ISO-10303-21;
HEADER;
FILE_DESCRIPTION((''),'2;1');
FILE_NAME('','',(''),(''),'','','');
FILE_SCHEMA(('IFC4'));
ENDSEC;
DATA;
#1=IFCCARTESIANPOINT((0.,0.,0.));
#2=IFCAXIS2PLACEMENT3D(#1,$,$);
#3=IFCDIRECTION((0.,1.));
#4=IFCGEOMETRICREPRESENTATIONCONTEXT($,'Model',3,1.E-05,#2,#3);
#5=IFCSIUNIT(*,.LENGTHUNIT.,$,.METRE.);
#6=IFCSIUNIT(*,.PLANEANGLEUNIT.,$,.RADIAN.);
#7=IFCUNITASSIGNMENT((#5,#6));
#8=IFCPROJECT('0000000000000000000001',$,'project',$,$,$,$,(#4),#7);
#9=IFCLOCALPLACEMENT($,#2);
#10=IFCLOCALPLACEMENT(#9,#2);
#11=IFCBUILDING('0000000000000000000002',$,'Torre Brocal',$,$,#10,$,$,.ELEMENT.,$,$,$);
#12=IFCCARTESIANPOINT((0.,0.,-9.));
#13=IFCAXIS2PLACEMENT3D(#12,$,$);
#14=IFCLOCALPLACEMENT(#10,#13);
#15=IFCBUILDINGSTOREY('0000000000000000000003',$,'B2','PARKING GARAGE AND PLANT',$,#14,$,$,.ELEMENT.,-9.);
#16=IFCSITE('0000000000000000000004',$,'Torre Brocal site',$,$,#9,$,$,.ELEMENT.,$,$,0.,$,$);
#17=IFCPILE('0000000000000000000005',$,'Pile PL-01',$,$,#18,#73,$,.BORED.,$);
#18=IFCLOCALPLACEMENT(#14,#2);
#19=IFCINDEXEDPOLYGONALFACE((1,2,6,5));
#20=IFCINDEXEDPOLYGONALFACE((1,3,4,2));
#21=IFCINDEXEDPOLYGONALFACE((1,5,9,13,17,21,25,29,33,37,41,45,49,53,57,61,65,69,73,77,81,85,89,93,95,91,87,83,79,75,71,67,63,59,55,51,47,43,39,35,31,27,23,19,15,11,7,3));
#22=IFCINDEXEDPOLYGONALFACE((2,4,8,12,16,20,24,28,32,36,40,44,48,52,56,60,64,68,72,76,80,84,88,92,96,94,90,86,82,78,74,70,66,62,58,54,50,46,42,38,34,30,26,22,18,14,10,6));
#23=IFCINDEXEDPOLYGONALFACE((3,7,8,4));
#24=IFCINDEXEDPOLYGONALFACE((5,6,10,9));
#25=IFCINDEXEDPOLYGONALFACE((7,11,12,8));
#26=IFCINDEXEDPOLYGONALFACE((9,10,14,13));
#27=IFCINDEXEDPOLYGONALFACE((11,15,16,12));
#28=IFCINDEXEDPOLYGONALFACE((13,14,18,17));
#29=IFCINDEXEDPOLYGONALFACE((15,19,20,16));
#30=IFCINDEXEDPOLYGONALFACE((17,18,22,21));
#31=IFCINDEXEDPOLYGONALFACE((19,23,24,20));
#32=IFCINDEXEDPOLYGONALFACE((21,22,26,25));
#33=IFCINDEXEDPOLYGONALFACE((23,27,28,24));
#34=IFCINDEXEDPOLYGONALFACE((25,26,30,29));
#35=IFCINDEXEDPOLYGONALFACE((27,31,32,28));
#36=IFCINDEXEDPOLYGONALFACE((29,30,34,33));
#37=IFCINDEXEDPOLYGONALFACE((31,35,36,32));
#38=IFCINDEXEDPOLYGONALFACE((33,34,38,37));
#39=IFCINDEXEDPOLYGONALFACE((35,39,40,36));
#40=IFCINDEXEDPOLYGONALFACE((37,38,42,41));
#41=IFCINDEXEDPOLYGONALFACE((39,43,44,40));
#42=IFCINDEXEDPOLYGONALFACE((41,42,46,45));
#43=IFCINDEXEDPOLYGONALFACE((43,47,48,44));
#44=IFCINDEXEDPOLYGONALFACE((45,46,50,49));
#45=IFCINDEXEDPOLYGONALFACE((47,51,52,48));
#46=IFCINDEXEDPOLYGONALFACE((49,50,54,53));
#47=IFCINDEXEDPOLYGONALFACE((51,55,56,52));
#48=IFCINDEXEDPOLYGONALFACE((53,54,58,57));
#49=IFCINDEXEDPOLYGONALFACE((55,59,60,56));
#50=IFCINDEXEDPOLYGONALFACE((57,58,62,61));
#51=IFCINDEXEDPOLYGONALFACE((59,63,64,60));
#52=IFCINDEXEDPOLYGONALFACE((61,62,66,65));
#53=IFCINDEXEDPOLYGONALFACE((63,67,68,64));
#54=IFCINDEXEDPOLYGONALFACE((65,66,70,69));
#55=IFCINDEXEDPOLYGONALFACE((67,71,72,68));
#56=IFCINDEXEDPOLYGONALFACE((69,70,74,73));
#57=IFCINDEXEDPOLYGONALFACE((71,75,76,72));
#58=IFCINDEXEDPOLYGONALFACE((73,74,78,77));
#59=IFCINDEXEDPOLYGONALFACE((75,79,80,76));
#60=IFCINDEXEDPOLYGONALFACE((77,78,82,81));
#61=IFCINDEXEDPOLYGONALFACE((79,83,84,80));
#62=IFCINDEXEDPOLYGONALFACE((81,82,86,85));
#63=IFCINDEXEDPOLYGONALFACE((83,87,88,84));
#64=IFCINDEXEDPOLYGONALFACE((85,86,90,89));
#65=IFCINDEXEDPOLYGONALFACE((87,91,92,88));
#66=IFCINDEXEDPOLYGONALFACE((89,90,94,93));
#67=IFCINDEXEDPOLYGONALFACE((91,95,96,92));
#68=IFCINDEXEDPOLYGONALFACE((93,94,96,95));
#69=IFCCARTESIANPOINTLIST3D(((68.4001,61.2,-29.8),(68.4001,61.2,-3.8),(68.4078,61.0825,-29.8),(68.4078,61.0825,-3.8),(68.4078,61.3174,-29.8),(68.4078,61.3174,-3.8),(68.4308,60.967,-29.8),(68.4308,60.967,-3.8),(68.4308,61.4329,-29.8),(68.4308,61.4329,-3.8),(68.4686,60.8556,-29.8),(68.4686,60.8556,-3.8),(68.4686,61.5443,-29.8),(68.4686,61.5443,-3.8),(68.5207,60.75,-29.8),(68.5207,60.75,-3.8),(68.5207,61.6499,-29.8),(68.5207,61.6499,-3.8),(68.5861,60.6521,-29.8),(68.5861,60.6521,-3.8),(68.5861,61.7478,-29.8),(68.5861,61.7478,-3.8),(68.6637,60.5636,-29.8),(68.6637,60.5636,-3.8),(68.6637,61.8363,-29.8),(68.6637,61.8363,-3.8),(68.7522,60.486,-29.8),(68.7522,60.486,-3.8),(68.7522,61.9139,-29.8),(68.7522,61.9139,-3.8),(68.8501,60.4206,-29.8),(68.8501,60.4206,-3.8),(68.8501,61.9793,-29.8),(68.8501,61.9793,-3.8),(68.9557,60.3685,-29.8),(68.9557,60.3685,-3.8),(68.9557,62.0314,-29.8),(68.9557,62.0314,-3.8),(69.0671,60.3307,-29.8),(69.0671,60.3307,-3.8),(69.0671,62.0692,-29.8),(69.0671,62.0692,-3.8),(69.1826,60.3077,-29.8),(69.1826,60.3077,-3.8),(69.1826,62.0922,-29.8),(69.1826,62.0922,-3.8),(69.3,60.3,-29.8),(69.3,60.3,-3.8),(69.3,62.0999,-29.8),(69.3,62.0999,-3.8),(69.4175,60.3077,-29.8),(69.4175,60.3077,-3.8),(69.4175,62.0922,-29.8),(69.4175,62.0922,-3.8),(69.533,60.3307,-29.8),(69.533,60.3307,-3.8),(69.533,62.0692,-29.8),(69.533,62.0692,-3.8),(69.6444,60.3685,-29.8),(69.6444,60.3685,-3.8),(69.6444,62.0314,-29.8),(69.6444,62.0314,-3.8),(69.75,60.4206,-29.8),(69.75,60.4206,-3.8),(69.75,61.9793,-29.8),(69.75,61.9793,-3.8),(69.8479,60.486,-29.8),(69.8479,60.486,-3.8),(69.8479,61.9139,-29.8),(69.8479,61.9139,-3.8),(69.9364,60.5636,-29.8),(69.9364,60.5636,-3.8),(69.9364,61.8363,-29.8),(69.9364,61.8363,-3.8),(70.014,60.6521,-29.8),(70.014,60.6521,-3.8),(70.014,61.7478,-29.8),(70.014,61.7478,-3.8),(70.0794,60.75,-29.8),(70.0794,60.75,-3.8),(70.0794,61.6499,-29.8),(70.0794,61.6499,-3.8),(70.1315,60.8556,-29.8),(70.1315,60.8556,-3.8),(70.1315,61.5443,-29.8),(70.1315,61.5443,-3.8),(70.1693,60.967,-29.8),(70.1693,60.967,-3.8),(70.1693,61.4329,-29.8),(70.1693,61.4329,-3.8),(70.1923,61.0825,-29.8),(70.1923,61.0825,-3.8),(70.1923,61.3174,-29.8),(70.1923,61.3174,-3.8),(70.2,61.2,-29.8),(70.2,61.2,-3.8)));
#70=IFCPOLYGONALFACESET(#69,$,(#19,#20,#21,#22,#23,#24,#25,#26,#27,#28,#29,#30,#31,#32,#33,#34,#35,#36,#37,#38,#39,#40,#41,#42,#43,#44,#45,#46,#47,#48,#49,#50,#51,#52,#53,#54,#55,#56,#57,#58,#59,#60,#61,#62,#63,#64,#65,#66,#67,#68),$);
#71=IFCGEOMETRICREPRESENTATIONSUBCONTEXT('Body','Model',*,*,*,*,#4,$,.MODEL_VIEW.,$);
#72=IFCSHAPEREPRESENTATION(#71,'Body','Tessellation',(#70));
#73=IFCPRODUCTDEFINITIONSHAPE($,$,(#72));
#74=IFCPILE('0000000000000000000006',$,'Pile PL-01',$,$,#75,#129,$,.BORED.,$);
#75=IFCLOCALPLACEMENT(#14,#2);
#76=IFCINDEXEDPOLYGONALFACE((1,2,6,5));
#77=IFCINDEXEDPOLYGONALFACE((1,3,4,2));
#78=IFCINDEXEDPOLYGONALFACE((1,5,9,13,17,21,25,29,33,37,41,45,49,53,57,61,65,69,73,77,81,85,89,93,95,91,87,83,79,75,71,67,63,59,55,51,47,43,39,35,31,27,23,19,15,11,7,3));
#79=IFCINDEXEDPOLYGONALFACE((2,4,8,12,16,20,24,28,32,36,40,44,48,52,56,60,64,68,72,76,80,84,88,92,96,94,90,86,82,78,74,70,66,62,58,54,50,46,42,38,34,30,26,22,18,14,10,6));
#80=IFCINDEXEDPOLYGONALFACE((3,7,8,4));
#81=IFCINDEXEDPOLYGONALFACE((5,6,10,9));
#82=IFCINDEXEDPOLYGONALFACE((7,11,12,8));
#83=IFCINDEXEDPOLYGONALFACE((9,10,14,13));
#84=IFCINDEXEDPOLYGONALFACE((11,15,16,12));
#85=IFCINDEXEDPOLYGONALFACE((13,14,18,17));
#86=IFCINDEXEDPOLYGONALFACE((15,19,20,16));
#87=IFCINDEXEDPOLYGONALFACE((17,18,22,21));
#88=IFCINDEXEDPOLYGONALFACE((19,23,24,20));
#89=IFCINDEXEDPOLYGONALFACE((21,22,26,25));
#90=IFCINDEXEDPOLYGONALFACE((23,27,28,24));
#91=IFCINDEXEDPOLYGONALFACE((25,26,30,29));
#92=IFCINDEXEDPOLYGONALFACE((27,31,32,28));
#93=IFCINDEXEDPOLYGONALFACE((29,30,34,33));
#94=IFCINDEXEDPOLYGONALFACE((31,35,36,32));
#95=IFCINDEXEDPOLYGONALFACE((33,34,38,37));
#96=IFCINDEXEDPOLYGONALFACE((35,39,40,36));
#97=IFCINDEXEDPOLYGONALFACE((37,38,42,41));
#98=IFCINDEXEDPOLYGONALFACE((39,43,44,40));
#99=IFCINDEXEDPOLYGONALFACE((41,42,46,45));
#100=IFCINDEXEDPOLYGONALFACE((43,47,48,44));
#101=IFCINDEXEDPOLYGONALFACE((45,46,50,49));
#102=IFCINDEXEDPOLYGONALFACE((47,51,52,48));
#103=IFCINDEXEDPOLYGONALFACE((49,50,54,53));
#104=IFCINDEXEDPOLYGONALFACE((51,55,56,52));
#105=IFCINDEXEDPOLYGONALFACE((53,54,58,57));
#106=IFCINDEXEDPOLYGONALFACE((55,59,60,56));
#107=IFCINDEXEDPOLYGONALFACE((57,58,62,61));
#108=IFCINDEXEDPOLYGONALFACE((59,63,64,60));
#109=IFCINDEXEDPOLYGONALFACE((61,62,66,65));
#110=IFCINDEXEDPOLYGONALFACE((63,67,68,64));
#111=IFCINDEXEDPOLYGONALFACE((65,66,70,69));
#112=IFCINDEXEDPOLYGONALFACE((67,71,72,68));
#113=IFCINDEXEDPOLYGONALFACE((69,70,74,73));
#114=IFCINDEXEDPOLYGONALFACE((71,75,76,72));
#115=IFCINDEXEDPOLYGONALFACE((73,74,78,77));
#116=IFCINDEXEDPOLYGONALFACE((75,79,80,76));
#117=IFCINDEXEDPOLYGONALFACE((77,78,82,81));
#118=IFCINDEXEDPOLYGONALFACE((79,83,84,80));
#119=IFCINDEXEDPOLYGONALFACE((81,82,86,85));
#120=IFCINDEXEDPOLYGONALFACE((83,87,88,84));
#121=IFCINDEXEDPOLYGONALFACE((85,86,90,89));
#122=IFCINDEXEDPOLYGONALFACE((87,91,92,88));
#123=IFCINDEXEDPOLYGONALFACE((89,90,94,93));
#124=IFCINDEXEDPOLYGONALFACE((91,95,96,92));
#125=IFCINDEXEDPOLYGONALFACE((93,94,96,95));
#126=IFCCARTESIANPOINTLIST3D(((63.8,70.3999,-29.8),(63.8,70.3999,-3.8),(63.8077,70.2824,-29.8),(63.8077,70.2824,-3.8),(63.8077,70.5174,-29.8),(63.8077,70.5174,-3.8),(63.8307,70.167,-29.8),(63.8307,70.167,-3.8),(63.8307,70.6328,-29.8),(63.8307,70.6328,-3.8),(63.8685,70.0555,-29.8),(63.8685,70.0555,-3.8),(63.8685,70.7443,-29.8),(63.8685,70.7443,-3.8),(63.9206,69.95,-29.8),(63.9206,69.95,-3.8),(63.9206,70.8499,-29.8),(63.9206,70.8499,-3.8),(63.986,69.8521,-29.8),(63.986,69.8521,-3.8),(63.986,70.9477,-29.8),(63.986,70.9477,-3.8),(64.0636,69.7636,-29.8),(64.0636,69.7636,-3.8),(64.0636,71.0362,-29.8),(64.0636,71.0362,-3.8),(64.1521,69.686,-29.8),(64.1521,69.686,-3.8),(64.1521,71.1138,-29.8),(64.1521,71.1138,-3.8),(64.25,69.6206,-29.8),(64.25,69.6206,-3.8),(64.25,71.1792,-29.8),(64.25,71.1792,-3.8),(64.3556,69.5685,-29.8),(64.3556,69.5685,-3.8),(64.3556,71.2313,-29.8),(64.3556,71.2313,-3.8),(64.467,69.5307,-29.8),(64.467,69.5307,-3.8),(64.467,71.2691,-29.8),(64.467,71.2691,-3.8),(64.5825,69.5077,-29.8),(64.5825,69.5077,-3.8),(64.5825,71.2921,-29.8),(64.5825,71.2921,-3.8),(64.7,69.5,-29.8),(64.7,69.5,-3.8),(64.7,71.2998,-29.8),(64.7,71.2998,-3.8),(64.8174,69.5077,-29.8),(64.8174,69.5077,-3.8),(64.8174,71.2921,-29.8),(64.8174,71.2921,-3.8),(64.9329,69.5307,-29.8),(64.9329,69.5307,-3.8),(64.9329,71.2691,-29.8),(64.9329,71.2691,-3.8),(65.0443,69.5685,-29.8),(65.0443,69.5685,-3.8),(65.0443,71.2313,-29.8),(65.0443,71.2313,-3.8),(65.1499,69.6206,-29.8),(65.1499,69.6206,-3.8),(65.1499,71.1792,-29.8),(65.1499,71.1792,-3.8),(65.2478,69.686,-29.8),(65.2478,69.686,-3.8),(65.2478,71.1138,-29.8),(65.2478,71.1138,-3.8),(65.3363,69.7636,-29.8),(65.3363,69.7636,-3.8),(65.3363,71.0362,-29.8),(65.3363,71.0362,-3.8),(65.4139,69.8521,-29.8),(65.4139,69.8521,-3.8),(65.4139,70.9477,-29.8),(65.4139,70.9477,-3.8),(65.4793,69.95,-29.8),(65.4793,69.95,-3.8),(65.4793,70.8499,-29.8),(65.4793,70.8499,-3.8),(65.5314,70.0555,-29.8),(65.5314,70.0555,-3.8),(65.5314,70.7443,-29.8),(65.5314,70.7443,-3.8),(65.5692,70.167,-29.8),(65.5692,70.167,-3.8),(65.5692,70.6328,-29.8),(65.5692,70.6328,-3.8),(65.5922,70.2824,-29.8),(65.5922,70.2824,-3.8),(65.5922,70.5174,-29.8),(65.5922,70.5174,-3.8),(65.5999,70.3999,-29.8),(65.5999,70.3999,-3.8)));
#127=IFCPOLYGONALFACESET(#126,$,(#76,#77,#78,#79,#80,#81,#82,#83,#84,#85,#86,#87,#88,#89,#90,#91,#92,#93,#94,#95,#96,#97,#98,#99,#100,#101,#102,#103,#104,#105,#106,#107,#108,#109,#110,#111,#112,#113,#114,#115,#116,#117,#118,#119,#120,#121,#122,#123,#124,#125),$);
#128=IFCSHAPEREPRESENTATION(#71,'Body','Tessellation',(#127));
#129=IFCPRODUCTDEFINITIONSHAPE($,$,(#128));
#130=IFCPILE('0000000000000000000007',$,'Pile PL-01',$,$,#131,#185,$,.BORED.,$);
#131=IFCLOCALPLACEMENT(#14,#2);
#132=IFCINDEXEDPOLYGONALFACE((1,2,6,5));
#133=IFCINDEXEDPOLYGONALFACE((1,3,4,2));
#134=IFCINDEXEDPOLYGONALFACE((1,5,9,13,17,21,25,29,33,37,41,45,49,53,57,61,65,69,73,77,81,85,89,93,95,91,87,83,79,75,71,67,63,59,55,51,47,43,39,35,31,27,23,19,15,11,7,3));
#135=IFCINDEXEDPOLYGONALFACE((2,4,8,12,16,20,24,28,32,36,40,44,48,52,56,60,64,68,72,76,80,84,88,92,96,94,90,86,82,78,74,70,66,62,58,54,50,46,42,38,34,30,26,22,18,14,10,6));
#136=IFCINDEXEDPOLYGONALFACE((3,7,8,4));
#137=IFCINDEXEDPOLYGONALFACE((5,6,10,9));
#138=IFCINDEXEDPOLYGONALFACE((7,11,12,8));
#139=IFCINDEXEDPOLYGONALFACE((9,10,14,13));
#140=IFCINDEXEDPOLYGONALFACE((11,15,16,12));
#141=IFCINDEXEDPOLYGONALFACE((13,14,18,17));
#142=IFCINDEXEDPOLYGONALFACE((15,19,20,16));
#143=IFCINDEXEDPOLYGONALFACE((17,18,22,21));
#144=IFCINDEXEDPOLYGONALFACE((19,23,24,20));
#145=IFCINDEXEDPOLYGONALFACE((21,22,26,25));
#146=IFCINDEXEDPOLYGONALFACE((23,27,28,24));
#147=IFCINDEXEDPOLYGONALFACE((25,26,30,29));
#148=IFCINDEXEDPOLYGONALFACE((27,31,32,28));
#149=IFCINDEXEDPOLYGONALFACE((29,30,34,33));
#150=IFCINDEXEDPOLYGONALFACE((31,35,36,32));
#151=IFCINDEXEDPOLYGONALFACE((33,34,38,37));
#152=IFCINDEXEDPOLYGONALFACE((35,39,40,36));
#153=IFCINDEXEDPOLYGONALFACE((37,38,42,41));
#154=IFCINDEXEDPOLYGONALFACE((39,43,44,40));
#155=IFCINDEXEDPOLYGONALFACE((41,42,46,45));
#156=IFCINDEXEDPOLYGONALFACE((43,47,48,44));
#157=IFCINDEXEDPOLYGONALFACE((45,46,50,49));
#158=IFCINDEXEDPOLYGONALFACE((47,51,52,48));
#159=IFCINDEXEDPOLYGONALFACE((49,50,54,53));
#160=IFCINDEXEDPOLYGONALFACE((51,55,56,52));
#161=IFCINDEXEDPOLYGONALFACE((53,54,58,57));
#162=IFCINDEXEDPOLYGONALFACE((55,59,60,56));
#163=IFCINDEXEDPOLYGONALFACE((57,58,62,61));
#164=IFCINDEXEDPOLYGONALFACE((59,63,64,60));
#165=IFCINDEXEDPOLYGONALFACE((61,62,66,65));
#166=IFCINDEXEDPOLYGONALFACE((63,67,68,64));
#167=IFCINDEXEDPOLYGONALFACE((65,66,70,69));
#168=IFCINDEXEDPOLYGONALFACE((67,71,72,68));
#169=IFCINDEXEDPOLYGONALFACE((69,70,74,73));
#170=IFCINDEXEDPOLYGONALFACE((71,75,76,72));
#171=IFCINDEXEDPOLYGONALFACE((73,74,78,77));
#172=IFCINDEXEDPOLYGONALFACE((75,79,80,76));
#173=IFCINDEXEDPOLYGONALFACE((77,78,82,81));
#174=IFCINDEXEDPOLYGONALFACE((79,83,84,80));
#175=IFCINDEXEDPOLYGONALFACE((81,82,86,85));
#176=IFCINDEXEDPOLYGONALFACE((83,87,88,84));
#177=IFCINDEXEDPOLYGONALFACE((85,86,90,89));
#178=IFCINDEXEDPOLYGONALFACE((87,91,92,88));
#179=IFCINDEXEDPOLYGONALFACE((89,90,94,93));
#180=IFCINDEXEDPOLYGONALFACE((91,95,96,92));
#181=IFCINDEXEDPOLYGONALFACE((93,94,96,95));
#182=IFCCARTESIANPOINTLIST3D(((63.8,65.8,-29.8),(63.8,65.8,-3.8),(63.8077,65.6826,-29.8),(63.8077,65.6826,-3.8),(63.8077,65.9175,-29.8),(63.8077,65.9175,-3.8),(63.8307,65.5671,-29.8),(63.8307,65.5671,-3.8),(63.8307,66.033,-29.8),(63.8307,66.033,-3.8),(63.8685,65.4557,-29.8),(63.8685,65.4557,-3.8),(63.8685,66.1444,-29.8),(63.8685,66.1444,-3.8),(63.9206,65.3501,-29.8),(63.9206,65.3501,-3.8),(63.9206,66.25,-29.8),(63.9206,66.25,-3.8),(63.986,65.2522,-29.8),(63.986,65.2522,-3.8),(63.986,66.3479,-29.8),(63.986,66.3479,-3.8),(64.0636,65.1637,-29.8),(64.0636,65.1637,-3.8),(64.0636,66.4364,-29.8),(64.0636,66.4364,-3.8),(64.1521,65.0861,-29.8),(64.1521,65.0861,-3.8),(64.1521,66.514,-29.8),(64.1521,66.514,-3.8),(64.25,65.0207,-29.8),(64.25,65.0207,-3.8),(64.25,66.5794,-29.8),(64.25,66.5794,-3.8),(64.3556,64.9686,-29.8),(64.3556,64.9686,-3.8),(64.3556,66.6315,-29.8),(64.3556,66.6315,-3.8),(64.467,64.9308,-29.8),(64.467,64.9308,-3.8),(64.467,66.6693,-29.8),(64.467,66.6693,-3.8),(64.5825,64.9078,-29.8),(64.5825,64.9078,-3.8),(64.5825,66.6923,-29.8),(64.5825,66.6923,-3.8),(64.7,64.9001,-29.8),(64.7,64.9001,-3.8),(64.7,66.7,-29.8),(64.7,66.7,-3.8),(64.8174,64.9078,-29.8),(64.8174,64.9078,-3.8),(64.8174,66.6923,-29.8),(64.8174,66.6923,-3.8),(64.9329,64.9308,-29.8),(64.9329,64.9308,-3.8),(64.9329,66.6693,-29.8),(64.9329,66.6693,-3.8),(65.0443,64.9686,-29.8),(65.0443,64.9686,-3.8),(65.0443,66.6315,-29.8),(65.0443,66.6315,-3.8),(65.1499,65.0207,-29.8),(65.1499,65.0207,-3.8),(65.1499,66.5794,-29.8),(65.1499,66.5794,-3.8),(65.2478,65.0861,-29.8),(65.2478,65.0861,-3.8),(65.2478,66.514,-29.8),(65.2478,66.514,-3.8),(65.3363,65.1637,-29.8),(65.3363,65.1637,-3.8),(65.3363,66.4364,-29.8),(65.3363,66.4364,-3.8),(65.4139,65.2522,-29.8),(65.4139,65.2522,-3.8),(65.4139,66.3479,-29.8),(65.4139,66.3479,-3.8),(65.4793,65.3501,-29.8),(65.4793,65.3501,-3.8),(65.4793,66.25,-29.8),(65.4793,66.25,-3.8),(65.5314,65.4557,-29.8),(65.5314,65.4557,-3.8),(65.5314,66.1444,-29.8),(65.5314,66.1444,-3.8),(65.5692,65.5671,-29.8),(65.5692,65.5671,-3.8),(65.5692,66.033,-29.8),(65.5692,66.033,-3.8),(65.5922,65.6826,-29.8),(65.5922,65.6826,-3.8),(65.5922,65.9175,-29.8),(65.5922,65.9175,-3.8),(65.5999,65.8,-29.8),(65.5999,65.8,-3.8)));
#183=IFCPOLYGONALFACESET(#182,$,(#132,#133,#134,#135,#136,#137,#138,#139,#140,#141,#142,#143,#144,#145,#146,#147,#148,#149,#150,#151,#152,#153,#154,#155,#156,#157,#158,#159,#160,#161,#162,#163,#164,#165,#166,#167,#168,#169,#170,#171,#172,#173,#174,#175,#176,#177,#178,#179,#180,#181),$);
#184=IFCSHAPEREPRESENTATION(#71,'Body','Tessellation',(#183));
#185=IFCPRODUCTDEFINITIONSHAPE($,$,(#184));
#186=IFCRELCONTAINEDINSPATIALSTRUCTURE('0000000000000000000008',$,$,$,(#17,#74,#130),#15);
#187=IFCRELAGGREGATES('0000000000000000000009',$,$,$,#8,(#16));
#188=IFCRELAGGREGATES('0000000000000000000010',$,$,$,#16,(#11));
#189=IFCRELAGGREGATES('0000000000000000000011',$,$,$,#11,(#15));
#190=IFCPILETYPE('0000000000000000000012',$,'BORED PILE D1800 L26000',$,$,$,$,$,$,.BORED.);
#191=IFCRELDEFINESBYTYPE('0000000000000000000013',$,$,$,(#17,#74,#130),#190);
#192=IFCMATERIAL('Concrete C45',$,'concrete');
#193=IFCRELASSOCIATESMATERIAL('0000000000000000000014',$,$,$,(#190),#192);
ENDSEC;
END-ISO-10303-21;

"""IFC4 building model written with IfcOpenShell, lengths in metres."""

from ifc_helpers import new_model, si_unit, direction, frame, origin, origin_2d, place, context, subcontext, project, spatial, circle, extrude, material, material_profile, profile_set, type_object, element, save


model = new_model("IFC4")

# Units and contexts
model_context = context("Model", 3, precision=1e-05, world=origin(), true_north=direction((0.0, 1.0)))
body_context = subcontext(model_context, "Body", "Model", "MODEL_VIEW")
ifc_project = project(units=[si_unit("LENGTHUNIT", "METRE"), si_unit("PLANEANGLEUNIT", "RADIAN")], contexts=[model_context])

# Site, building, storey
site_placement = place(None, origin())
site = spatial("IfcSite", under=ifc_project, at=site_placement, Name="Torre Brocal site", CompositionType="ELEMENT", RefElevation=0.0)
building_placement = place(site_placement, origin())
building = spatial("IfcBuilding", under=site, at=building_placement, Name="Torre Brocal", CompositionType="ELEMENT")
storey_placement = place(building_placement, frame((0.0, 0.0, -9.0)))
storey = spatial("IfcBuildingStorey", under=building, at=storey_placement, Name="B2", Description="PARKING GARAGE AND PLANT", CompositionType="ELEMENT", Elevation=-9.0)

# Piles
ifc_material_1 = material(Name="Concrete C45", Category="concrete")
ifc_material_profile_1 = material_profile(ifc_material_1, circle(Radius=0.8999, at=origin_2d()), Name="BORED PILE D1800")
ifc_profile_set_1 = profile_set([ifc_material_profile_1], Name="Concrete C45")
pile_type = type_object("IfcPileType", Name="BORED PILE D1800 L26000", PredefinedType="BORED", material=ifc_profile_set_1)
for number, where, z_axis, x_axis, name in (
    (1, (69.3, 61.2, -3.8), (0.0, 0.0, -1.0), (1.0, 0.0, 0.0), "Pile PL-01"),
    (2, (64.7, 70.3999, -3.8), (0.0, 0.0, -1.0), (1.0, 0.0, 0.0), "Pile PL-01"),
    (3, (64.7, 65.8, -3.8), (0.0, 0.0, -1.0), (1.0, 0.0, 0.0), "Pile PL-01"),
):
    element("IfcPile", number, at=place(storey_placement, frame(where, z_axis=z_axis, x_axis=x_axis)), inside=storey, type_object=pile_type, Name=name, PredefinedType="BORED", context=body_context, shape_type="SweptSolid", body=[
        extrude(circle(Radius=0.8999, at=origin_2d()), origin(), (0.0, 0.0, 1.0), 26.0),
    ])

save(model, "model.ifc")
